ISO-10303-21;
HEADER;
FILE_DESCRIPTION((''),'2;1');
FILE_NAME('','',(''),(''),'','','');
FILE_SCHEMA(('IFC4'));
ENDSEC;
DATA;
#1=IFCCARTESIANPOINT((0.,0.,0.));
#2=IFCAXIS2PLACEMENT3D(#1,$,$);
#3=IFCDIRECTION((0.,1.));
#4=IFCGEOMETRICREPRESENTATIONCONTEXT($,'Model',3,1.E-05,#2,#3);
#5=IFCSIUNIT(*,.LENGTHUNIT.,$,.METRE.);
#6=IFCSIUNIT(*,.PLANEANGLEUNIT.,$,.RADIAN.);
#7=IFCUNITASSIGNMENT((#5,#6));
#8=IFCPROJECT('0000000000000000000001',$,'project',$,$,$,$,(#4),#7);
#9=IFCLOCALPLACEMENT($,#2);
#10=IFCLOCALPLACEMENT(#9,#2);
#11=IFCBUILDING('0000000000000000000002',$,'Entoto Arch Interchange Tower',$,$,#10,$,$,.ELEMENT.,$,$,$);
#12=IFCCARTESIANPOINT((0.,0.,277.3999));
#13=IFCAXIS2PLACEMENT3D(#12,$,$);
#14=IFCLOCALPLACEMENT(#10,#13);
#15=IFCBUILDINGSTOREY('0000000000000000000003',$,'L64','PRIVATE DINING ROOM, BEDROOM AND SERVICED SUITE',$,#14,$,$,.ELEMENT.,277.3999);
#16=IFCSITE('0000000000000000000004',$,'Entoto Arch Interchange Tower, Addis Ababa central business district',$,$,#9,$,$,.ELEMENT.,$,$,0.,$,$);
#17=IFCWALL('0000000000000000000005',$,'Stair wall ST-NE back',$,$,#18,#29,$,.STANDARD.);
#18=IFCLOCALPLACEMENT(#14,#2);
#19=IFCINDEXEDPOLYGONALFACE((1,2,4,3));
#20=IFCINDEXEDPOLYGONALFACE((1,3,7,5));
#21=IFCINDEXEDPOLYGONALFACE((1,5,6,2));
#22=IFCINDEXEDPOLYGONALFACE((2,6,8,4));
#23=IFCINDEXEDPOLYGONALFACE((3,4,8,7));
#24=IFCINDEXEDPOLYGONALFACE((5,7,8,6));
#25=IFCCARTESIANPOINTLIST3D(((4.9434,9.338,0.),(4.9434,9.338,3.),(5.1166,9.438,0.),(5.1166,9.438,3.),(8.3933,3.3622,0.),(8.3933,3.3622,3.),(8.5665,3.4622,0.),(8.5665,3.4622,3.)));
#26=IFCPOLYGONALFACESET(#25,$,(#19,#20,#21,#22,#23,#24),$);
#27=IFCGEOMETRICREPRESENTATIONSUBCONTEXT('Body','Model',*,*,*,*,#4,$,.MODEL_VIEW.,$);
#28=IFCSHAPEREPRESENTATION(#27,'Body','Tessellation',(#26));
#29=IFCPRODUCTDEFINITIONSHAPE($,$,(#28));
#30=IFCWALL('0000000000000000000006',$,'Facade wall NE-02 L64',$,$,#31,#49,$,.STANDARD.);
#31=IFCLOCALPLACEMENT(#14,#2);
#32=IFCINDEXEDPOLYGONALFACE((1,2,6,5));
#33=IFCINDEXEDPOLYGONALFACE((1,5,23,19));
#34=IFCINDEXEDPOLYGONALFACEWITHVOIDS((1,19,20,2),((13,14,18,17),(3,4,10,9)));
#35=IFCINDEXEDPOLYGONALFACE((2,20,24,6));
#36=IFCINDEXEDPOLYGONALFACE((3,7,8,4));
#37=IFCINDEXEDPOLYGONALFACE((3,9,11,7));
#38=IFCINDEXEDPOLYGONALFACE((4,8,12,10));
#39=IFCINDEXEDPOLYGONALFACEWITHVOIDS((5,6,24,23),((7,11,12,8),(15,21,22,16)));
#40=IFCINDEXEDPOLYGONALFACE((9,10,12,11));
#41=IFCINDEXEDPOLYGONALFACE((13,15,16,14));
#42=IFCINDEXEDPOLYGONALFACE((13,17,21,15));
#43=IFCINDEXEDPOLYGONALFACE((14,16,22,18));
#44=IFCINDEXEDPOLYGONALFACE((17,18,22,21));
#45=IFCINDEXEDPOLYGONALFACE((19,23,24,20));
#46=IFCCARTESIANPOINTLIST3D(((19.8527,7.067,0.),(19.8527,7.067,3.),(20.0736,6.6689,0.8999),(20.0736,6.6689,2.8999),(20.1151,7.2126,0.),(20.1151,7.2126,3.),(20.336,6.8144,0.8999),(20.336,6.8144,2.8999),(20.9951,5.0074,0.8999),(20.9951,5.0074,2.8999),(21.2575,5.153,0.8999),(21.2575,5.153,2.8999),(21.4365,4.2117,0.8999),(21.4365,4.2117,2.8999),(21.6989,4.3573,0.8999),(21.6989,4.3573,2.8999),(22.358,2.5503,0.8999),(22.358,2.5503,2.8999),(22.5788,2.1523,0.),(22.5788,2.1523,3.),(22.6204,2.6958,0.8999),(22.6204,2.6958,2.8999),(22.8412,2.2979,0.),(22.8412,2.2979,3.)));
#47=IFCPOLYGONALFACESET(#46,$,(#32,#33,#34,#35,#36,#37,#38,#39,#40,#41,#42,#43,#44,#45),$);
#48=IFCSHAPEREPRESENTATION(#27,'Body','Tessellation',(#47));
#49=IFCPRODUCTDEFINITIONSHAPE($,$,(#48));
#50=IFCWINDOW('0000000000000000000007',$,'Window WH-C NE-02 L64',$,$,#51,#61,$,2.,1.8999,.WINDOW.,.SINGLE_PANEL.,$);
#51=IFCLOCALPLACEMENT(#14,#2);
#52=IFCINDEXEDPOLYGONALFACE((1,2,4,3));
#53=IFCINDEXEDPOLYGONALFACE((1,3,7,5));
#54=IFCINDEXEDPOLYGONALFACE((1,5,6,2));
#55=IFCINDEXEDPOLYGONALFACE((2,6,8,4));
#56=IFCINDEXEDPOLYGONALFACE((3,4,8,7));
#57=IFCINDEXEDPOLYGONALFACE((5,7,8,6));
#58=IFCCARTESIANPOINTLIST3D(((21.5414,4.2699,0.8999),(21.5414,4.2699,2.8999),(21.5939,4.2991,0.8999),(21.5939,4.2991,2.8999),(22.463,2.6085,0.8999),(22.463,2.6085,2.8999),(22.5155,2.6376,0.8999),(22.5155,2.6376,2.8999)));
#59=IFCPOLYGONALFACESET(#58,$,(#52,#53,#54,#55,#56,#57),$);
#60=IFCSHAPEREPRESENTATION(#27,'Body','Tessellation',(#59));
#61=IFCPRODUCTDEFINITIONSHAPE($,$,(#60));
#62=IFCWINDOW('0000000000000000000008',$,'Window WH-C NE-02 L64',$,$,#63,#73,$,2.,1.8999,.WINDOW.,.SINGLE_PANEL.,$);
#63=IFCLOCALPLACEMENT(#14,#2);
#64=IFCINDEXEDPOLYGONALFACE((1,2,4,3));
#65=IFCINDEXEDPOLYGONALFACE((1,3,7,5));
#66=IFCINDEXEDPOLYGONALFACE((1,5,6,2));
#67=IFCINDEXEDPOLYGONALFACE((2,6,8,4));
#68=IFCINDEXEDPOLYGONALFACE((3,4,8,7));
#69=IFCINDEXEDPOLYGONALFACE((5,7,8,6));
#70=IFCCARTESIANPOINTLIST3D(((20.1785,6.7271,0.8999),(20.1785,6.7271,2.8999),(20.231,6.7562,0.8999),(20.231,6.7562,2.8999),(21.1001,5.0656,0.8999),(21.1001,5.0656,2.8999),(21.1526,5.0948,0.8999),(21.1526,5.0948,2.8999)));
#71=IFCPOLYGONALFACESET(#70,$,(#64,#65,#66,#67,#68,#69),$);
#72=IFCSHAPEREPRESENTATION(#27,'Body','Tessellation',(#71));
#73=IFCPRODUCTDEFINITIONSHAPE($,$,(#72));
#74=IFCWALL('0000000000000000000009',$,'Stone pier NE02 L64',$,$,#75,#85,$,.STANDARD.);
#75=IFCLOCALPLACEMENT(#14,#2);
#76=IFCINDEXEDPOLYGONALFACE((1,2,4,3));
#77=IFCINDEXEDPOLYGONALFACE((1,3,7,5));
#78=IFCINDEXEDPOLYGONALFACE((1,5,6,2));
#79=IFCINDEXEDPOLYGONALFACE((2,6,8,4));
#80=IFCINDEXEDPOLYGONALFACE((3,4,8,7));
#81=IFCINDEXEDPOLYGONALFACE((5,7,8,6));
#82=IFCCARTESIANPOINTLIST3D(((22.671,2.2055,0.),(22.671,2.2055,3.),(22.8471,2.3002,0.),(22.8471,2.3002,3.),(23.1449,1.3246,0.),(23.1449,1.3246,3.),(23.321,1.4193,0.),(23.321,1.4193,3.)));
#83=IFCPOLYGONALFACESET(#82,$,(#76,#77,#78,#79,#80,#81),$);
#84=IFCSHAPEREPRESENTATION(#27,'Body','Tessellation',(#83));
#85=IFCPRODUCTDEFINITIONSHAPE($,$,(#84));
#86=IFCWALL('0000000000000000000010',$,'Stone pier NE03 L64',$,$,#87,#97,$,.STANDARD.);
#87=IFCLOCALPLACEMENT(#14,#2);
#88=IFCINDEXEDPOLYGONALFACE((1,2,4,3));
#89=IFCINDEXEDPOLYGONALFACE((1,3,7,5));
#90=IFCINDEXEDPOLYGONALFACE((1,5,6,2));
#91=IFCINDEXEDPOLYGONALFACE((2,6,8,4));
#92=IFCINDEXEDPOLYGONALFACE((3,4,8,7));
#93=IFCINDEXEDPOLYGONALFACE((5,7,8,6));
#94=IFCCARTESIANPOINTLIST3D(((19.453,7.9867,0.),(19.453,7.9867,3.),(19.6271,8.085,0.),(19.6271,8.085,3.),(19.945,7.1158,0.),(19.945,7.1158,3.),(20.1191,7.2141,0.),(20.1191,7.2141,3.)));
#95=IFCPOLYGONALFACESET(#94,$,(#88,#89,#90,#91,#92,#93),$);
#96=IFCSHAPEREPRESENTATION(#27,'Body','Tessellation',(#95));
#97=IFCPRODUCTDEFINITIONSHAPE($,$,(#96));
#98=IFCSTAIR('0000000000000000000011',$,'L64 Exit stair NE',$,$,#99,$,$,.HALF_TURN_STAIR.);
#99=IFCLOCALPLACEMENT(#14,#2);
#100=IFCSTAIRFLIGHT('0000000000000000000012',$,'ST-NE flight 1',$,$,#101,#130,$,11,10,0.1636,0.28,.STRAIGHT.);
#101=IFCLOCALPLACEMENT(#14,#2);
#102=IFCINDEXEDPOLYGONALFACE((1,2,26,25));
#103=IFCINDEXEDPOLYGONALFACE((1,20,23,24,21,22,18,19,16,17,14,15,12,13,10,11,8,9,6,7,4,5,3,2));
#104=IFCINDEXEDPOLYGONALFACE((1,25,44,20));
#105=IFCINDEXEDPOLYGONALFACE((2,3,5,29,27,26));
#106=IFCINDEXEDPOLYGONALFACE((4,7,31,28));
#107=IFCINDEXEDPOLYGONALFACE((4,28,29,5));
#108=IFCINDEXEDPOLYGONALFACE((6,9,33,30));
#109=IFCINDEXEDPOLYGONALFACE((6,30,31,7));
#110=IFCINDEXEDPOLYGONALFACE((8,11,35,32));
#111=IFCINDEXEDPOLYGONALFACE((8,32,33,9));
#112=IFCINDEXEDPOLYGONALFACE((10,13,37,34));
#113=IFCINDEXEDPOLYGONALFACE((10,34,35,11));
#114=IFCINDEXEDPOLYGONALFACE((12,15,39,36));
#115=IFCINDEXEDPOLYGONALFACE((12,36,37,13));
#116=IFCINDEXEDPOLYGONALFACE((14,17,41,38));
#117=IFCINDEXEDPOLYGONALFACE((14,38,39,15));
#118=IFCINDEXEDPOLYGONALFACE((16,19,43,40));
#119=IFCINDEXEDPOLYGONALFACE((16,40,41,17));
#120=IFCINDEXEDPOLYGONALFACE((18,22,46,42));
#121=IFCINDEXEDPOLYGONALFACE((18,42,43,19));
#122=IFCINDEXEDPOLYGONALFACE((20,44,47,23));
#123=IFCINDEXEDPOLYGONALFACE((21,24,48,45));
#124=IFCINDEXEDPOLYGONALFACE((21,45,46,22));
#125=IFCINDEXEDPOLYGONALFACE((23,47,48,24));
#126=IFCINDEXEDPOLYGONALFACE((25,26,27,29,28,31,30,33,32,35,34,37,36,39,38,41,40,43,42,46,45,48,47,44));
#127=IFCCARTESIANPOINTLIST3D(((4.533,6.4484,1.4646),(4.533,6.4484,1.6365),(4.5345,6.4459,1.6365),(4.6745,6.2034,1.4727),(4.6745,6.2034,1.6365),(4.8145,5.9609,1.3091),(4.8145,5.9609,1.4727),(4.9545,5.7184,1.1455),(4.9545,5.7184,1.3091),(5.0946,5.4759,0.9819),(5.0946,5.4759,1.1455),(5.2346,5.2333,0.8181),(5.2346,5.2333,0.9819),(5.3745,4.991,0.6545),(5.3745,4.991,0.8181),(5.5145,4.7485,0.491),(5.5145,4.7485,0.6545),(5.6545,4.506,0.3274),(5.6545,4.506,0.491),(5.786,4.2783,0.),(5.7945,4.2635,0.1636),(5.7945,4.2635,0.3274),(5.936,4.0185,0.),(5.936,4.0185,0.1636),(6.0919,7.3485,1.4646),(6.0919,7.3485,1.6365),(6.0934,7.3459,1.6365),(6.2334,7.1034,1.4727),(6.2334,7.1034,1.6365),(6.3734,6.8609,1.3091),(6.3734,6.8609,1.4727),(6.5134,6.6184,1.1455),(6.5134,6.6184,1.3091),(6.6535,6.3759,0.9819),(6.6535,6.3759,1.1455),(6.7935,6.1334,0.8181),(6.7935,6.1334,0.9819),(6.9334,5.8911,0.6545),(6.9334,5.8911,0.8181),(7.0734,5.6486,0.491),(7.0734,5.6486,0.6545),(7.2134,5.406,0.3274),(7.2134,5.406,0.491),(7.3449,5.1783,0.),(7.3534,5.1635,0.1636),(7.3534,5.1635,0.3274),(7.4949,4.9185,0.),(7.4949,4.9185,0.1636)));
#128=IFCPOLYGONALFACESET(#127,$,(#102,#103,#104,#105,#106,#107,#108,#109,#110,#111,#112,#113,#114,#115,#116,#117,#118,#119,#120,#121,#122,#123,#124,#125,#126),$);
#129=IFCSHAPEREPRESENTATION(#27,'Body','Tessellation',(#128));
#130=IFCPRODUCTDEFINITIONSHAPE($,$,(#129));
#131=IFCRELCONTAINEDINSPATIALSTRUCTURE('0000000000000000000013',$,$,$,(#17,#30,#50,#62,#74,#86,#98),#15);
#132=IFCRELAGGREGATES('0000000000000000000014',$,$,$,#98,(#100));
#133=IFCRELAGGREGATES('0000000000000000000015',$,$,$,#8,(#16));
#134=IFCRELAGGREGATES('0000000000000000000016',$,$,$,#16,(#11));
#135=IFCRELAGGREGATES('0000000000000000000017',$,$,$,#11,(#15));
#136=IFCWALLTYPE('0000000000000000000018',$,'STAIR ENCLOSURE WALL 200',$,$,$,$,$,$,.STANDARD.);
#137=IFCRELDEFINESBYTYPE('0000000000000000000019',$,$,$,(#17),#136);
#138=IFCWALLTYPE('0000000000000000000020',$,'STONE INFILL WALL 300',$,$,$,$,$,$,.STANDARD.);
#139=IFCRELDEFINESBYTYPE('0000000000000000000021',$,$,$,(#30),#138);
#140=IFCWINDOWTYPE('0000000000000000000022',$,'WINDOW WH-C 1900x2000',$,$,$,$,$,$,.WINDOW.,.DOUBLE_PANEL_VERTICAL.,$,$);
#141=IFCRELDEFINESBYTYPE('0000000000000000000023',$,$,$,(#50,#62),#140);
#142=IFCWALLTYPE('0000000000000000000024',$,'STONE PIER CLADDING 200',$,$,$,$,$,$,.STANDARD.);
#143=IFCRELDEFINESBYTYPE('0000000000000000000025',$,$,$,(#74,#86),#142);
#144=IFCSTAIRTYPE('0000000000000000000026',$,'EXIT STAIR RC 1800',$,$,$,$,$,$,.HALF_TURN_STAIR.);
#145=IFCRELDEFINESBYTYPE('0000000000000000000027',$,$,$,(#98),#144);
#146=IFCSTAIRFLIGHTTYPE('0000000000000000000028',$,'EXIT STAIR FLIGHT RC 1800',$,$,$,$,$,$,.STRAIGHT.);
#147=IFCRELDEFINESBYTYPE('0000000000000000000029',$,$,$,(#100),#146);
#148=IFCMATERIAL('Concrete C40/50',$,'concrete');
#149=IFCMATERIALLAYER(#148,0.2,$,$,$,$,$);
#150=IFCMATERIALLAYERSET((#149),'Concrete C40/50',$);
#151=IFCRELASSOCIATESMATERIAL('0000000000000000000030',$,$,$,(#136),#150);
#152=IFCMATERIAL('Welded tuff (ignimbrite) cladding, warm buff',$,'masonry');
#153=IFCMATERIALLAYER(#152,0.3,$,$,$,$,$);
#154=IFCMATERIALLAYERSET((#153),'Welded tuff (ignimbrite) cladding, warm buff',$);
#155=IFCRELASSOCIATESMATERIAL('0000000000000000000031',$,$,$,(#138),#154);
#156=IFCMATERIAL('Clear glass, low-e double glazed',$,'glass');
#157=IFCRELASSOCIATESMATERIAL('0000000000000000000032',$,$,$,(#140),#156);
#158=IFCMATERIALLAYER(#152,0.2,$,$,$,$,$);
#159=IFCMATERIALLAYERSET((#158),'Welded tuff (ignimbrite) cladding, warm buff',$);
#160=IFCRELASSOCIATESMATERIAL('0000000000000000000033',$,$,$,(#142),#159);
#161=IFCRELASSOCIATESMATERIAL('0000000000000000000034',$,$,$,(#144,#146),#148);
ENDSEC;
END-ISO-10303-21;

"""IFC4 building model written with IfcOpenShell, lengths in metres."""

from ifc_helpers import new_model, si_unit, direction, frame, frame_2d, origin, place, context, subcontext, project, spatial, polyline, rectangle, outline, extrude, material, layer, layer_set, type_object, element, fill, aggregate, save


model = new_model("IFC4")

# Units and contexts
model_context = context("Model", 3, precision=1e-05, world=origin(), true_north=direction((0.0, 1.0)))
body_context = subcontext(model_context, "Body", "Model", "MODEL_VIEW")
ifc_project = project(units=[si_unit("LENGTHUNIT", "METRE"), si_unit("PLANEANGLEUNIT", "RADIAN")], contexts=[model_context])

# Site, building, storey
site_placement = place(None, origin())
site = spatial("IfcSite", under=ifc_project, at=site_placement, Name="Entoto Arch Interchange Tower, Addis Ababa central business district", CompositionType="ELEMENT", RefElevation=0.0)
building_placement = place(site_placement, origin())
building = spatial("IfcBuilding", under=site, at=building_placement, Name="Entoto Arch Interchange Tower", CompositionType="ELEMENT")
storey_placement = place(building_placement, frame((0.0, 0.0, 277.3999)))
storey = spatial("IfcBuildingStorey", under=building, at=storey_placement, Name="L64", Description="PRIVATE DINING ROOM, BEDROOM AND SERVICED SUITE", CompositionType="ELEMENT", Elevation=277.3999)

# Shared definitions
ifc_material_1 = material(Name="Concrete C40/50", Category="concrete")

# Wall
ifc_layer_1 = layer(ifc_material_1, 0.2)
ifc_layer_set_1 = layer_set([ifc_layer_1], Name="Concrete C40/50")
wall_type_1 = type_object("IfcWallType", Name="STAIR ENCLOSURE WALL 200", PredefinedType="STANDARD", material=ifc_layer_set_1)
wall_1_placement = place(storey_placement, frame((8.48, 3.4121, 0.0), z_axis=(0.0, 0.0, 1.0), x_axis=(-0.499979, 0.866038, 0.0)))
element("IfcWall", 1, at=wall_1_placement, inside=storey, type_object=wall_type_1, Name="Stair wall ST-NE back", PredefinedType="STANDARD", context=body_context, shape_type="SweptSolid", body=[
    extrude(rectangle(XDim=6.9001, YDim=0.2, at=frame_2d((3.4502, 0.0))), origin(), (0.0, 0.0, 1.0), 3.0),
])

# Wall, openings, windows
ifc_material_2 = material(Name="Welded tuff (ignimbrite) cladding, warm buff", Category="masonry")
ifc_layer_2 = layer(ifc_material_2, 0.3)
ifc_layer_set_2 = layer_set([ifc_layer_2], Name="Welded tuff (ignimbrite) cladding, warm buff")
wall_type_2 = type_object("IfcWallType", Name="STONE INFILL WALL 300", PredefinedType="STANDARD", material=ifc_layer_set_2)
wall_2_placement = place(storey_placement, frame((22.71, 2.2251, 0.0), z_axis=(0.0, 0.0, 1.0), x_axis=(-0.485049, 0.874487, 0.0)))
wall_2 = element("IfcWall", 2, at=wall_2_placement, inside=storey, type_object=wall_type_2, Name="Facade wall NE-02 L64", PredefinedType="STANDARD", context=body_context, shape_type="SweptSolid", body=[
    extrude(rectangle(XDim=5.6201, YDim=0.3, at=frame_2d((2.8101, 0.0))), origin(), (0.0, 0.0, 1.0), 3.0),
])
opening_1_placement = place(wall_2_placement, frame((0.4551, 0.0, 0.8999)))
opening_1 = element("IfcOpeningElement", 3, at=opening_1_placement, cuts=wall_2, PredefinedType="OPENING", context=body_context, shape_type="SweptSolid", body=[
    extrude(rectangle(XDim=1.8999, YDim=2.0, at=frame_2d((0.95, 1.0))), frame((0.0, 0.1602, 0.0), z_axis=(0.0, -1.0, 0.0), x_axis=(1.0, 0.0, 0.0)), (0.0, 0.0, 1.0), 0.3201),
])
opening_2_placement = place(wall_2_placement, frame((3.2649, 0.0, 0.8999)))
opening_2 = element("IfcOpeningElement", 4, at=opening_2_placement, cuts=wall_2, PredefinedType="OPENING", context=body_context, shape_type="SweptSolid", body=[
    extrude(rectangle(XDim=1.8999, YDim=2.0, at=frame_2d((0.95, 1.0))), frame((0.0, 0.1602, 0.0), z_axis=(0.0, -1.0, 0.0), x_axis=(1.0, 0.0, 0.0)), (0.0, 0.0, 1.0), 0.3201),
])
ifc_material_3 = material(Name="Clear glass, low-e double glazed", Category="glass")
window_type = type_object("IfcWindowType", Name="WINDOW WH-C 1900x2000", PartitioningType="DOUBLE_PANEL_VERTICAL", PredefinedType="WINDOW", material=ifc_material_3)
window_1_placement = place(opening_1_placement, origin())
window_1 = element("IfcWindow", 5, at=window_1_placement, inside=storey, type_object=window_type, Name="Window WH-C NE-02 L64", OverallHeight=2.0, OverallWidth=1.8999, PartitioningType="SINGLE_PANEL", PredefinedType="WINDOW", context=body_context, shape_type="SweptSolid", body=[
    extrude(rectangle(XDim=1.8999, YDim=2.0, at=frame_2d((0.95, 1.0))), frame((0.0, 0.03, 0.0), z_axis=(0.0, -1.0, 0.0), x_axis=(1.0, 0.0, 0.0)), (0.0, 0.0, 1.0), 0.0601),
])
fill(opening_1, window_1)
window_2_placement = place(opening_2_placement, origin())
window_2 = element("IfcWindow", 6, at=window_2_placement, inside=storey, type_object=window_type, Name="Window WH-C NE-02 L64", OverallHeight=2.0, OverallWidth=1.8999, PartitioningType="SINGLE_PANEL", PredefinedType="WINDOW", context=body_context, shape_type="SweptSolid", body=[
    extrude(rectangle(XDim=1.8999, YDim=2.0, at=frame_2d((0.95, 1.0))), frame((0.0, 0.03, 0.0), z_axis=(0.0, -1.0, 0.0), x_axis=(1.0, 0.0, 0.0)), (0.0, 0.0, 1.0), 0.0601),
])
fill(opening_2, window_2)

# Walls
ifc_layer_3 = layer(ifc_material_2, 0.2)
ifc_layer_set_3 = layer_set([ifc_layer_3], Name="Welded tuff (ignimbrite) cladding, warm buff")
wall_type_3 = type_object("IfcWallType", Name="STONE PIER CLADDING 200", PredefinedType="STANDARD", material=ifc_layer_set_3)
for number, where, z_axis, x_axis, name in (
    (7, (23.2329, 1.3721, 0.0), (0.0, 0.0, 1.0), (-0.473765, 0.880651, 0.0), "Stone pier NE02 L64"),
    (8, (20.032, 7.165, 0.0), (0.0, 0.0, 1.0), (-0.491848, 0.870681, 0.0), "Stone pier NE03 L64"),
):
    element("IfcWall", number, at=place(storey_placement, frame(where, z_axis=z_axis, x_axis=x_axis)), inside=storey, type_object=wall_type_3, Name=name, PredefinedType="STANDARD", context=body_context, shape_type="SweptSolid", body=[
        extrude(rectangle(XDim=1.0002, YDim=0.2, at=frame_2d((0.5, 0.0))), origin(), (0.0, 0.0, 1.0), 3.0),
    ])

# Stair, stair flight
stair_type = type_object("IfcStairType", Name="EXIT STAIR RC 1800", PredefinedType="HALF_TURN_STAIR", material=ifc_material_1)
stair_placement = place(storey_placement, origin())
stair = element("IfcStair", 9, at=stair_placement, inside=storey, type_object=stair_type, Name="L64 Exit stair NE", PredefinedType="HALF_TURN_STAIR")
stair_flight_type = type_object("IfcStairFlightType", Name="EXIT STAIR FLIGHT RC 1800", PredefinedType="STRAIGHT", material=ifc_material_1)
stair_flight_placement = place(storey_placement, frame((6.7139, 4.4709, 0.0), z_axis=(0.0, 0.0, 1.0), x_axis=(-0.5, 0.866025, 0.0)))
stair_flight = element("IfcStairFlight", 10, at=stair_flight_placement, type_object=stair_flight_type, Name="ST-NE flight 1", NumberOfRisers=11, NumberOfTreads=10, PredefinedType="STRAIGHT", RiserHeight=0.1636, TreadLength=0.28, context=body_context, shape_type="SweptSolid", body=[
    extrude(outline(polyline([(-0.0029, 0.0), (-0.0029, 0.1636), (0.28, 0.1636), (0.28, 0.3274), (0.5601, 0.3274), (0.5601, 0.491), (0.8401, 0.491), (0.8401, 0.6545), (1.1201, 0.6545), (1.1201, 0.8181), (1.3999, 0.8181), (1.3999, 0.9819), (1.6799, 0.9819), (1.6799, 1.1455), (1.96, 1.1455), (1.96, 1.3091), (2.24, 1.3091), (2.24, 1.4727), (2.52, 1.4727), (2.52, 1.6365), (2.8, 1.6365), (2.803, 1.6365), (2.803, 1.4646), (0.2971, 0.0), (-0.0029, 0.0)])), frame((0.0, 0.8999, 0.0), z_axis=(0.0, -1.0, 0.0), x_axis=(1.0, 0.0, 0.0)), (0.0, 0.0, 1.0), 1.8),
])
aggregate(stair, [stair_flight])

save(model, "model.ifc")
